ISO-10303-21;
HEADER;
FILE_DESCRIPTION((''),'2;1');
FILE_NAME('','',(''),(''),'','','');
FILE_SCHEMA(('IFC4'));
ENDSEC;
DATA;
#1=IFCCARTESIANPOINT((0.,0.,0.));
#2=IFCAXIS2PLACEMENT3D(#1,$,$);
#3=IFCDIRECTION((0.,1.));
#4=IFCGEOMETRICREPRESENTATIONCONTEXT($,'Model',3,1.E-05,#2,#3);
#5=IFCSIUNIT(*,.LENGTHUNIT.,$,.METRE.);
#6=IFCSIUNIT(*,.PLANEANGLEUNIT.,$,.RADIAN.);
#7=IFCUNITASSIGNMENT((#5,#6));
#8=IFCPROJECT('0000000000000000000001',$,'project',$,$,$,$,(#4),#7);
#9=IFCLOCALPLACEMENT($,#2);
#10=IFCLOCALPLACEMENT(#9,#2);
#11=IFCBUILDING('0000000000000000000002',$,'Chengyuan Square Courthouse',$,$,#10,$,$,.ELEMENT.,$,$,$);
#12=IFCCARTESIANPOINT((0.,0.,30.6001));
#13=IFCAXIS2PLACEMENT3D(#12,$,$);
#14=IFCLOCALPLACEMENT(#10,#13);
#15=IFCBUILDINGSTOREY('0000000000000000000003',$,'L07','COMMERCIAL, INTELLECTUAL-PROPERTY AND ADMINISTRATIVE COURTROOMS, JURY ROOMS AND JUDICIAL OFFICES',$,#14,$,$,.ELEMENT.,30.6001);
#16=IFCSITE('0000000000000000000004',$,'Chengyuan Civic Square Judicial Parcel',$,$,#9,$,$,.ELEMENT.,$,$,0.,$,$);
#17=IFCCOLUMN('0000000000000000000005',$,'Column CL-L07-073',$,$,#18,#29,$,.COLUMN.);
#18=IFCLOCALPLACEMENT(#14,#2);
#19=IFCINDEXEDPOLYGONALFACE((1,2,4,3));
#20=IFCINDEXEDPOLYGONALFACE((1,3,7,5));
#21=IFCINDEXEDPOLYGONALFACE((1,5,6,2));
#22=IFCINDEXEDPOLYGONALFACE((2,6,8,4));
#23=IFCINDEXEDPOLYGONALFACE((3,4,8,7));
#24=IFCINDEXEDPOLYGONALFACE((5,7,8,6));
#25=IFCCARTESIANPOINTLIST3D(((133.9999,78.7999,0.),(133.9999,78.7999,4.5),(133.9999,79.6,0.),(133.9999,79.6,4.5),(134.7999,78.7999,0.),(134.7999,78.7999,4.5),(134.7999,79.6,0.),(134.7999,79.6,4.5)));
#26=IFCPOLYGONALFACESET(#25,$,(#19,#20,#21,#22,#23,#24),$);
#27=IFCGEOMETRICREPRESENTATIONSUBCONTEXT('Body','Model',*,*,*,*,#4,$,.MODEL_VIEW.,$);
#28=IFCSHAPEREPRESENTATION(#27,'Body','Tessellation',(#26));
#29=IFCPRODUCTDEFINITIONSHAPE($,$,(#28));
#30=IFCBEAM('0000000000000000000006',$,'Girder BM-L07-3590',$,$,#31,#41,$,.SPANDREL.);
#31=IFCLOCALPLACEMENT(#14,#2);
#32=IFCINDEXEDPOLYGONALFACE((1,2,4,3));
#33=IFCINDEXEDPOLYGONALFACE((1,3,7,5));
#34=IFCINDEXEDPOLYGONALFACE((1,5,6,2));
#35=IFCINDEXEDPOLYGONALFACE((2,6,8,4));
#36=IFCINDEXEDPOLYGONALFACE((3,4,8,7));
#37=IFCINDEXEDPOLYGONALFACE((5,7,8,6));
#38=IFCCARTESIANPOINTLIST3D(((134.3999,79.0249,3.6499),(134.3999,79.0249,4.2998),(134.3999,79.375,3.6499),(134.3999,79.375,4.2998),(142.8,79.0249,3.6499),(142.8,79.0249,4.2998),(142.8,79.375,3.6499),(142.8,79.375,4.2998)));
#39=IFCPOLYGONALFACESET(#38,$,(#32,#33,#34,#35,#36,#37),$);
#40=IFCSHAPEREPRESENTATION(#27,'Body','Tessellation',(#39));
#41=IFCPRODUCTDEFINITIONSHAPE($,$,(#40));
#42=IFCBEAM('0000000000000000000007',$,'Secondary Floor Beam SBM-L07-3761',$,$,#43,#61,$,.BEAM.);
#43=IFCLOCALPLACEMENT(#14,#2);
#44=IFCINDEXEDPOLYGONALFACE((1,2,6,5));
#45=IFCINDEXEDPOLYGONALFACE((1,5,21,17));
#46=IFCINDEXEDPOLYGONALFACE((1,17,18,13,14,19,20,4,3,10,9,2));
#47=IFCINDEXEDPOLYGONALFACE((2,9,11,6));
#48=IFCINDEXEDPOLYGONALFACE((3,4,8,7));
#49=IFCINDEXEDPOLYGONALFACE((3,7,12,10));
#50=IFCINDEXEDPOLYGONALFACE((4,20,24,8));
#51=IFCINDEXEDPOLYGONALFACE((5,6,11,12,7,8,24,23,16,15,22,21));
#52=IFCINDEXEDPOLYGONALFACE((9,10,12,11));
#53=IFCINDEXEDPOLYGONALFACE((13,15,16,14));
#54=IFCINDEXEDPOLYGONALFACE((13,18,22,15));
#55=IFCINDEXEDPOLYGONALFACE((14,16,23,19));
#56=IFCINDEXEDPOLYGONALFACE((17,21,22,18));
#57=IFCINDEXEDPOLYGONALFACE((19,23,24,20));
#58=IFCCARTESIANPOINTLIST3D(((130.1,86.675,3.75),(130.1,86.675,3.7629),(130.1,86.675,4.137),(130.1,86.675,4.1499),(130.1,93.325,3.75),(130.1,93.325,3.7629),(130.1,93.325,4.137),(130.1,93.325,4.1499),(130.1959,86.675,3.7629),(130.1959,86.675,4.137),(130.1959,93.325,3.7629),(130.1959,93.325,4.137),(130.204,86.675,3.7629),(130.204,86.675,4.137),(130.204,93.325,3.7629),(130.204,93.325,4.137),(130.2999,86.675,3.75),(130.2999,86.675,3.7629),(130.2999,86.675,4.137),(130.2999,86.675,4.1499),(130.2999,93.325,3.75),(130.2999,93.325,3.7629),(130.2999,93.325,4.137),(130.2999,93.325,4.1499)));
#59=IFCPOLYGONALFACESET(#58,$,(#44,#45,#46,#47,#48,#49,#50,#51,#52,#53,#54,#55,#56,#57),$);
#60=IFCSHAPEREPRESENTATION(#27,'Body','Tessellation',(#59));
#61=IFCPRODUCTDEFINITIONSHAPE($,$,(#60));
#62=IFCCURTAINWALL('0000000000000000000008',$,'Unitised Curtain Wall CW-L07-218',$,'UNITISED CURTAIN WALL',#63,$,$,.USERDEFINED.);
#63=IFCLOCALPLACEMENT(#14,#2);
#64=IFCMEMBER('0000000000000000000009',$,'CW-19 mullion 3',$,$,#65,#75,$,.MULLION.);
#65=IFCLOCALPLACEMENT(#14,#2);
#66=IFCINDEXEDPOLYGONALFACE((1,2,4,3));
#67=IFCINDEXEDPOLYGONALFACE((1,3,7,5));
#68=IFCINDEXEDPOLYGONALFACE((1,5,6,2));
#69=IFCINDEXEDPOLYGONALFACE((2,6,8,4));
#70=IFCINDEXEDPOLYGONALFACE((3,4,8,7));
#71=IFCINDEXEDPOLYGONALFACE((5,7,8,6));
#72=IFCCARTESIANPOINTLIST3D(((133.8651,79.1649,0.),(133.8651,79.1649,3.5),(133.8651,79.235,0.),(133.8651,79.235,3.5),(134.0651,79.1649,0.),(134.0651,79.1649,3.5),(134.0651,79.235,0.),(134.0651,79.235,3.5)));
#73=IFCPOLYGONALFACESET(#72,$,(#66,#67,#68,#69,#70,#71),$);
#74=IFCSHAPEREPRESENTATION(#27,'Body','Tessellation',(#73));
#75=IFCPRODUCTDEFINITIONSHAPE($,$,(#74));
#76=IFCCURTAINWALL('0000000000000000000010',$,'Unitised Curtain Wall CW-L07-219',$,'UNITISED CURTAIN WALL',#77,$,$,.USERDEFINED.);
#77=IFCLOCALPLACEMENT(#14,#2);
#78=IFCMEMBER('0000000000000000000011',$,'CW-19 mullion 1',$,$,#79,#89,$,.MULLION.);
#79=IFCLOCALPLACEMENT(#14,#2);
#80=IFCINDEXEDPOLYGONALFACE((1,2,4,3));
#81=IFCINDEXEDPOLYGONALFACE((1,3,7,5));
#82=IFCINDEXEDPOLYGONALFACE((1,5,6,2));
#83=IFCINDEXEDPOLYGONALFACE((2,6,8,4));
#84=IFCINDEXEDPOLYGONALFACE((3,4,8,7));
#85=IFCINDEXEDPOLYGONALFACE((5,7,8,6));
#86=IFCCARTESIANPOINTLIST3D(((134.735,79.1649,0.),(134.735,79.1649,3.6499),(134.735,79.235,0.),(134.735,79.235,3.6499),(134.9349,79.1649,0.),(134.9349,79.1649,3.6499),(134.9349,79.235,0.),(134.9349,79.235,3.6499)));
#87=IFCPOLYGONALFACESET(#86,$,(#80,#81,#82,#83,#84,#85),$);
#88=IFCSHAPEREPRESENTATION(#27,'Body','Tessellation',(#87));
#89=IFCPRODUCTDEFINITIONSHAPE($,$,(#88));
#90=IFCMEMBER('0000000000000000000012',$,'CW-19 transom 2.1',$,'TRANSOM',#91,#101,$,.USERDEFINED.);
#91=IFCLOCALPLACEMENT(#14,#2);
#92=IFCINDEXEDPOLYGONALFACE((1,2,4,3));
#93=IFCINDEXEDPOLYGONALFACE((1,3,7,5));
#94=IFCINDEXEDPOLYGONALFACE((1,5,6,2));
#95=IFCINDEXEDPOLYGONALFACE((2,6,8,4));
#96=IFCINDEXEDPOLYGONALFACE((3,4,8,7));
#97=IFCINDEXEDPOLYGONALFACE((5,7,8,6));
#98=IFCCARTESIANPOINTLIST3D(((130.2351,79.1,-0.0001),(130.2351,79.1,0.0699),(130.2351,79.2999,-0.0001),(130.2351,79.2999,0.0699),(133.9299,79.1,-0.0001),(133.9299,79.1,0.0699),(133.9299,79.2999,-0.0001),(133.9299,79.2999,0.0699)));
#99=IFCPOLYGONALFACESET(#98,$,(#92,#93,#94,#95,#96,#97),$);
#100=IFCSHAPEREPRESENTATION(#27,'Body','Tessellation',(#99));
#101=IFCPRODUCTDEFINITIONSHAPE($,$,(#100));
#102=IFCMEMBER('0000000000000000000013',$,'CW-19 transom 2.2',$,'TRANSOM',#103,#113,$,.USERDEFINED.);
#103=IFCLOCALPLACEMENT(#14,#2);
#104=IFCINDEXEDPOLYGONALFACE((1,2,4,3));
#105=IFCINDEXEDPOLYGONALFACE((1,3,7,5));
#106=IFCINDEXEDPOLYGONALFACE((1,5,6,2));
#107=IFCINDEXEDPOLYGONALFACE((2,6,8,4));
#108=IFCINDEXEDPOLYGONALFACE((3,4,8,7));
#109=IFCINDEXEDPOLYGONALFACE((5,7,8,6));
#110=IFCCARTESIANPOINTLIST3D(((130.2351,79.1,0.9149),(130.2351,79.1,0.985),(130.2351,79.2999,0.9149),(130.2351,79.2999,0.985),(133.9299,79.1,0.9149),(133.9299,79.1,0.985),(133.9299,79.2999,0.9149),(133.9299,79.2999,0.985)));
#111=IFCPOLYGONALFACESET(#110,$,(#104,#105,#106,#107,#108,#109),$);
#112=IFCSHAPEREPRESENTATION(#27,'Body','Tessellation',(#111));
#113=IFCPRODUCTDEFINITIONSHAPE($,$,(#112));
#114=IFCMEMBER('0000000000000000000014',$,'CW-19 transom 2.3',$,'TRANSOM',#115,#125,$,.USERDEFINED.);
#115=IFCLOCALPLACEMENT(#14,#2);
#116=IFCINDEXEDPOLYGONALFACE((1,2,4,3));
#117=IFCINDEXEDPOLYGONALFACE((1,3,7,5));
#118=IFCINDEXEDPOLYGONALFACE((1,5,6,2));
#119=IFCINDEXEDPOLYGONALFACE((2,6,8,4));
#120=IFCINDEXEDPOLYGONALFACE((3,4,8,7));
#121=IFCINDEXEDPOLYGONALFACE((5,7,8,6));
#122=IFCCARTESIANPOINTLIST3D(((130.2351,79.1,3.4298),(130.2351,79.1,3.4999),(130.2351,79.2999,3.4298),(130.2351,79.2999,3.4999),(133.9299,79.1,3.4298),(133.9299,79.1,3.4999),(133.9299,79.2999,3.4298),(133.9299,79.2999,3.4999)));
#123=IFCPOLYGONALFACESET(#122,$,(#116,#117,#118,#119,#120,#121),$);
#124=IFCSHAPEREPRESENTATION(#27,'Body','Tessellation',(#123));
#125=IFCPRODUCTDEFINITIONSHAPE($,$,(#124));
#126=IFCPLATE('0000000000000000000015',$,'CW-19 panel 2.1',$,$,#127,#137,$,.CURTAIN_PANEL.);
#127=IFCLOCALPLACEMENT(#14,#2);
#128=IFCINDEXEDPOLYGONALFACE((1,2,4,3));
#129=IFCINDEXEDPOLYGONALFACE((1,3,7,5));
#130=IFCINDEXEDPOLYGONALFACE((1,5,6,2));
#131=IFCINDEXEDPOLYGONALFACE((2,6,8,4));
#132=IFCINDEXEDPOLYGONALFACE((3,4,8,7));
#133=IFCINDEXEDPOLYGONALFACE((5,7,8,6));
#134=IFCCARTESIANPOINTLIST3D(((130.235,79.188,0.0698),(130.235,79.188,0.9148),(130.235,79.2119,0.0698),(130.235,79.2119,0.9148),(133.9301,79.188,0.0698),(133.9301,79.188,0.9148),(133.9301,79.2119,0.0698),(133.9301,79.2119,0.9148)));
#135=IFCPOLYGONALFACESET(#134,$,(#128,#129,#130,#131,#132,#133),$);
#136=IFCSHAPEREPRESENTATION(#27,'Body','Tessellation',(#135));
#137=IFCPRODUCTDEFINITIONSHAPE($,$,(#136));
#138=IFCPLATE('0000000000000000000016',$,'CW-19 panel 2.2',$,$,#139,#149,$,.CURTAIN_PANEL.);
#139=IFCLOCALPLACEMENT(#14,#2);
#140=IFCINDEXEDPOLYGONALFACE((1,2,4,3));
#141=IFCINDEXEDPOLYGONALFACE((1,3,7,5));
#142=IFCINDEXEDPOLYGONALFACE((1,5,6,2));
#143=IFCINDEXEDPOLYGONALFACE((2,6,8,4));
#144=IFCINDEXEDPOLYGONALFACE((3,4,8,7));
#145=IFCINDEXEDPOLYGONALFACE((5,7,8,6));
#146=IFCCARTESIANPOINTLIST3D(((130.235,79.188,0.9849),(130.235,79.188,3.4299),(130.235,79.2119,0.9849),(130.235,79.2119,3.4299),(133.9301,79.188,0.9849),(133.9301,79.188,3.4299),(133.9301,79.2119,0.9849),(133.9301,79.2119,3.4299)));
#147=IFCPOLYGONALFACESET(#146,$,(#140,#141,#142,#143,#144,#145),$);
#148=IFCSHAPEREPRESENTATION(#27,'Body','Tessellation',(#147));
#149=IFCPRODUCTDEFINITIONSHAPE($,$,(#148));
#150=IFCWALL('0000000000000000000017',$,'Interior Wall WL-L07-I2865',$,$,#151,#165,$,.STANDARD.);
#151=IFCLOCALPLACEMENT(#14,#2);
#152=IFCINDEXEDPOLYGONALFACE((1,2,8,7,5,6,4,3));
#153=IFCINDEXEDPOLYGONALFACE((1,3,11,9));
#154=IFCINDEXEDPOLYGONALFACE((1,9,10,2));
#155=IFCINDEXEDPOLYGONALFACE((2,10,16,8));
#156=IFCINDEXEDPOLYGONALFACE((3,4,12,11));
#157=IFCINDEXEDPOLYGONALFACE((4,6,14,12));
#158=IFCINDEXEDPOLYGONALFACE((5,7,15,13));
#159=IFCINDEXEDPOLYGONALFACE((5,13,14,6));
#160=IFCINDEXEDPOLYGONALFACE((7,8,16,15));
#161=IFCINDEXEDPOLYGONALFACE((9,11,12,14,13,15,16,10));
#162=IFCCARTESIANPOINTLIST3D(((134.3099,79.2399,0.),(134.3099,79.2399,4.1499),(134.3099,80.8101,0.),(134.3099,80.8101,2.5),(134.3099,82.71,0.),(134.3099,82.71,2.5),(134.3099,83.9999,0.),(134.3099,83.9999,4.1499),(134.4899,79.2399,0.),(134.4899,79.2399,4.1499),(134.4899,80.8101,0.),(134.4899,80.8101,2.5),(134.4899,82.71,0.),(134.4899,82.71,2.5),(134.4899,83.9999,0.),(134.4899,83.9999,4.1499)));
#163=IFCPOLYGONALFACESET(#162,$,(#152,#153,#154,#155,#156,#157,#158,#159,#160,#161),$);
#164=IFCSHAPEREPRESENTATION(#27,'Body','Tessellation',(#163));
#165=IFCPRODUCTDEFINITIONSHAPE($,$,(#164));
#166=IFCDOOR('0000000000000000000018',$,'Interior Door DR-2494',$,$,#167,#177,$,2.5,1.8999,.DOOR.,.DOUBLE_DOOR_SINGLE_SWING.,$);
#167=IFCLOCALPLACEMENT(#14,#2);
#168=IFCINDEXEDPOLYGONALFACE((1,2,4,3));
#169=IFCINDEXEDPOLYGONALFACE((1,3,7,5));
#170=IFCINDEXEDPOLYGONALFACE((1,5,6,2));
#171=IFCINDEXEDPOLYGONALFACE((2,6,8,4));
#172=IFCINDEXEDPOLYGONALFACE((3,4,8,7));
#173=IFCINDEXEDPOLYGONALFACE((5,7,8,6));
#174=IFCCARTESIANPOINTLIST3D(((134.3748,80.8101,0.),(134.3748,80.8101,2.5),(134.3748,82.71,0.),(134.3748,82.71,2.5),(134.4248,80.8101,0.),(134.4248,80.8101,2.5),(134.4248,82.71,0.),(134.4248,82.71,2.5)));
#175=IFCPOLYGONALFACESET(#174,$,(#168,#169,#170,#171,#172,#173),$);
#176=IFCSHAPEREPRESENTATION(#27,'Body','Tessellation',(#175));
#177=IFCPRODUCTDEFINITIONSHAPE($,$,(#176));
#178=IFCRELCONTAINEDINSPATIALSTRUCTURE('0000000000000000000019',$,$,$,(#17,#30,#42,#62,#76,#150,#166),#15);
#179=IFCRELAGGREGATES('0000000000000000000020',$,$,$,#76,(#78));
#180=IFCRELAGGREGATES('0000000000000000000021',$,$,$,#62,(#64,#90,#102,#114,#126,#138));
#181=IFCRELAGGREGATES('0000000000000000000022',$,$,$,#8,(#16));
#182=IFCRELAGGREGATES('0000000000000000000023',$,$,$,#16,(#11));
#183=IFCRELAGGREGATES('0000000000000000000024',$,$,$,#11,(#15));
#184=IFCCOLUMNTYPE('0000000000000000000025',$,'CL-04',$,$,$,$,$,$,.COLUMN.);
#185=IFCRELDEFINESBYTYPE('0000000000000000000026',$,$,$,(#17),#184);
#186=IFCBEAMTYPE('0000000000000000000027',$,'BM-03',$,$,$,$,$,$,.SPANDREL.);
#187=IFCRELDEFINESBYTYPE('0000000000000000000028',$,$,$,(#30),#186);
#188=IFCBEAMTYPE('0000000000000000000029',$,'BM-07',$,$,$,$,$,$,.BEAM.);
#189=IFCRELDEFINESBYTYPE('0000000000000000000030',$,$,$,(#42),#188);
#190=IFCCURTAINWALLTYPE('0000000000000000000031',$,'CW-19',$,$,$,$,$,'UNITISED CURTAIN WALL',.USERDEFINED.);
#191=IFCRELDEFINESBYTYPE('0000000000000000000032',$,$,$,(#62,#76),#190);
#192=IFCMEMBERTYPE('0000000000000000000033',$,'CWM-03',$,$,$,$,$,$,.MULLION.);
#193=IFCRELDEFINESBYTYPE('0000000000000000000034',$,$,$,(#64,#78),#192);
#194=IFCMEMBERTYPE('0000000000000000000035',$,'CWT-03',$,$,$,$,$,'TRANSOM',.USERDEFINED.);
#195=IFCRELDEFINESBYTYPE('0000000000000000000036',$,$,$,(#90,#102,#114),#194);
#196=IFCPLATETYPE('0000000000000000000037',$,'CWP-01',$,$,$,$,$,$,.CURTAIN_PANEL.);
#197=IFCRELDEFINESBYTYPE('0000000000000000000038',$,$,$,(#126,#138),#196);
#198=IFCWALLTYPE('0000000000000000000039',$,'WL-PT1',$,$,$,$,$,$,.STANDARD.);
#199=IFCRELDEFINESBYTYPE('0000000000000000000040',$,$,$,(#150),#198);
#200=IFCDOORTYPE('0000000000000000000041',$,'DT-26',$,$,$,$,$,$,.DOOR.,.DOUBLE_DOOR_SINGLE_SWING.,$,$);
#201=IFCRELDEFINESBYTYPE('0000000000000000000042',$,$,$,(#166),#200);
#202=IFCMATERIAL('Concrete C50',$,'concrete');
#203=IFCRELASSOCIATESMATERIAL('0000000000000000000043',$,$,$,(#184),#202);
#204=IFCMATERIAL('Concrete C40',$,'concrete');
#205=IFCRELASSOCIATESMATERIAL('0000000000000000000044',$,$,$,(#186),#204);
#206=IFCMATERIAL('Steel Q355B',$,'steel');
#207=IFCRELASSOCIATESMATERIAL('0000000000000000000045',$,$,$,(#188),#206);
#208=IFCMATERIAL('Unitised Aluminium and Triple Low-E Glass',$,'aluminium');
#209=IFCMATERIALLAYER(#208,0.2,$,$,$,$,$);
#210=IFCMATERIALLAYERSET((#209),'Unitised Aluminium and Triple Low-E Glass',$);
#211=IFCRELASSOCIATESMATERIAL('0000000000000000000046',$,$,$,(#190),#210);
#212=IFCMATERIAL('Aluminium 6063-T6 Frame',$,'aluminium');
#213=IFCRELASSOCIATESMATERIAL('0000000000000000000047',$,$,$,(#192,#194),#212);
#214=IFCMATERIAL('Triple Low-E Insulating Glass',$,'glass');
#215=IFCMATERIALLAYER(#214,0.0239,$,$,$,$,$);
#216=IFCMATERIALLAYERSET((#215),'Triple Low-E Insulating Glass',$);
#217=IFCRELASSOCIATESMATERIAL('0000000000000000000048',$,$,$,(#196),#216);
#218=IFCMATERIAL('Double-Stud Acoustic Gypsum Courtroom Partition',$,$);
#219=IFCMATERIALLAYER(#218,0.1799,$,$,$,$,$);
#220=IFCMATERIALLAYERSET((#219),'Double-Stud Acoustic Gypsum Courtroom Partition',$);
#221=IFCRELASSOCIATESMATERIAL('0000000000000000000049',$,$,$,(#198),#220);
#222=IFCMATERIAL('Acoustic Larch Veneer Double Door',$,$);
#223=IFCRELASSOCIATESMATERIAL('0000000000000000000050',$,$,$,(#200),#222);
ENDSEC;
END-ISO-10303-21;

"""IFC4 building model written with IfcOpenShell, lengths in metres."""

from ifc_helpers import new_model, si_unit, direction, frame, frame_2d, origin, origin_2d, place, context, subcontext, project, spatial, rectangle, i_section, extrude, material, layer, layer_set, material_profile, profile_set, type_object, element, fill, aggregate, save


model = new_model("IFC4")

# Units and contexts
model_context = context("Model", 3, precision=1e-05, world=origin(), true_north=direction((0.0, 1.0)))
body_context = subcontext(model_context, "Body", "Model", "MODEL_VIEW")
ifc_project = project(units=[si_unit("LENGTHUNIT", "METRE"), si_unit("PLANEANGLEUNIT", "RADIAN")], contexts=[model_context])

# Site, building, storey
site_placement = place(None, origin())
site = spatial("IfcSite", under=ifc_project, at=site_placement, Name="Chengyuan Civic Square Judicial Parcel", CompositionType="ELEMENT", RefElevation=0.0)
building_placement = place(site_placement, origin())
building = spatial("IfcBuilding", under=site, at=building_placement, Name="Chengyuan Square Courthouse", CompositionType="ELEMENT")
storey_placement = place(building_placement, frame((0.0, 0.0, 30.6001)))
storey = spatial("IfcBuildingStorey", under=building, at=storey_placement, Name="L07", Description="COMMERCIAL, INTELLECTUAL-PROPERTY AND ADMINISTRATIVE COURTROOMS, JURY ROOMS AND JUDICIAL OFFICES", CompositionType="ELEMENT", Elevation=30.6001)

# Column
ifc_material_1 = material(Name="Concrete C50", Category="concrete")
ifc_material_profile_1 = material_profile(ifc_material_1, rectangle(XDim=0.8, YDim=0.8, at=origin_2d()), Name="RC-COL-800x800")
ifc_profile_set_1 = profile_set([ifc_material_profile_1], Name="Concrete C50")
column_type = type_object("IfcColumnType", Name="CL-04", PredefinedType="COLUMN", material=ifc_profile_set_1)
column_placement = place(storey_placement, frame((134.3999, 79.2, 0.0), z_axis=(0.0, 0.0, 1.0), x_axis=(1.0, 0.0, 0.0)))
element("IfcColumn", 1, at=column_placement, inside=storey, type_object=column_type, Name="Column CL-L07-073", PredefinedType="COLUMN", context=body_context, shape_type="SweptSolid", body=[
    extrude(rectangle(XDim=0.8, YDim=0.8, at=origin_2d()), origin(), (0.0, 0.0, 1.0), 4.5),
])

# Beams
ifc_material_2 = material(Name="Concrete C40", Category="concrete")
ifc_material_profile_2 = material_profile(ifc_material_2, rectangle(XDim=0.3501, YDim=0.6499, at=origin_2d()), Name="RC-BM-350x650")
ifc_profile_set_2 = profile_set([ifc_material_profile_2], Name="Concrete C40")
beam_type_1 = type_object("IfcBeamType", Name="BM-03", PredefinedType="SPANDREL", material=ifc_profile_set_2)
beam_1_placement = place(storey_placement, frame((134.3999, 79.2, 3.9749), z_axis=(1.0, 0.0, 0.0), x_axis=(0.0, 1.0, 0.0)))
element("IfcBeam", 2, at=beam_1_placement, inside=storey, type_object=beam_type_1, Name="Girder BM-L07-3590", PredefinedType="SPANDREL", context=body_context, shape_type="SweptSolid", body=[
    extrude(rectangle(XDim=0.3501, YDim=0.6499, at=origin_2d()), origin(), (0.0, 0.0, 1.0), 8.4001),
])
ifc_material_3 = material(Name="Steel Q355B", Category="steel")
ifc_material_profile_3 = material_profile(ifc_material_3, i_section(OverallWidth=0.2, OverallDepth=0.3999, WebThickness=0.0081, FlangeThickness=0.0129, at=origin_2d()), Name="HN 400x200x8x13")
ifc_profile_set_3 = profile_set([ifc_material_profile_3], Name="Steel Q355B")
beam_type_2 = type_object("IfcBeamType", Name="BM-07", PredefinedType="BEAM", material=ifc_profile_set_3)
beam_2_placement = place(storey_placement, frame((130.2, 86.675, 3.95), z_axis=(0.0, 1.0, 0.0), x_axis=(-1.0, 0.0, 0.0)))
element("IfcBeam", 3, at=beam_2_placement, inside=storey, type_object=beam_type_2, Name="Secondary Floor Beam SBM-L07-3761", PredefinedType="BEAM", context=body_context, shape_type="SweptSolid", body=[
    extrude(i_section(OverallWidth=0.2, OverallDepth=0.3999, WebThickness=0.0081, FlangeThickness=0.0129, at=origin_2d()), origin(), (0.0, 0.0, 1.0), 6.6499),
])

# Curtain walls, members
ifc_material_4 = material(Name="Unitised Aluminium and Triple Low-E Glass", Category="aluminium")
ifc_layer_1 = layer(ifc_material_4, 0.2)
ifc_layer_set_1 = layer_set([ifc_layer_1], Name="Unitised Aluminium and Triple Low-E Glass")
curtain_wall_type = type_object("IfcCurtainWallType", Name="CW-19", ElementType="UNITISED CURTAIN WALL", PredefinedType="USERDEFINED", material=ifc_layer_set_1)
curtain_wall_1_placement = place(storey_placement, origin())
curtain_wall_1 = element("IfcCurtainWall", 4, at=curtain_wall_1_placement, inside=storey, type_object=curtain_wall_type, Name="Unitised Curtain Wall CW-L07-218", ObjectType="UNITISED CURTAIN WALL", PredefinedType="USERDEFINED")
ifc_material_5 = material(Name="Aluminium 6063-T6 Frame", Category="aluminium")
ifc_material_profile_4 = material_profile(ifc_material_5, rectangle(XDim=0.0701, YDim=0.2, at=origin_2d()), Name="CW-MUL-70x200")
ifc_profile_set_4 = profile_set([ifc_material_profile_4], Name="Aluminium 6063-T6 Frame")
member_type_1 = type_object("IfcMemberType", Name="CWM-03", PredefinedType="MULLION", material=ifc_profile_set_4)
member_1_placement = place(storey_placement, frame((133.9651, 79.2, 0.0), z_axis=(0.0, 0.0, 1.0), x_axis=(0.0, 1.0, 0.0)))
member_1 = element("IfcMember", 5, at=member_1_placement, type_object=member_type_1, Name="CW-19 mullion 3", PredefinedType="MULLION", context=body_context, shape_type="SweptSolid", body=[
    extrude(rectangle(XDim=0.0701, YDim=0.2, at=origin_2d()), origin(), (0.0, 0.0, 1.0), 3.5),
])
curtain_wall_2_placement = place(storey_placement, origin())
curtain_wall_2 = element("IfcCurtainWall", 6, at=curtain_wall_2_placement, inside=storey, type_object=curtain_wall_type, Name="Unitised Curtain Wall CW-L07-219", ObjectType="UNITISED CURTAIN WALL", PredefinedType="USERDEFINED")
member_2_placement = place(storey_placement, frame((134.835, 79.2, 0.0), z_axis=(0.0, 0.0, 1.0), x_axis=(0.0, 1.0, 0.0)))
member_2 = element("IfcMember", 7, at=member_2_placement, type_object=member_type_1, Name="CW-19 mullion 1", PredefinedType="MULLION", context=body_context, shape_type="SweptSolid", body=[
    extrude(rectangle(XDim=0.0701, YDim=0.2, at=origin_2d()), origin(), (0.0, 0.0, 1.0), 3.6499),
])
aggregate(curtain_wall_2, [member_2])

# Members
ifc_material_profile_5 = material_profile(ifc_material_5, rectangle(XDim=0.2, YDim=0.0701, at=origin_2d()), Name="CW-TRN-70x160")
ifc_profile_set_5 = profile_set([ifc_material_profile_5], Name="Aluminium 6063-T6 Frame")
member_type_2 = type_object("IfcMemberType", Name="CWT-03", ElementType="TRANSOM", PredefinedType="USERDEFINED", material=ifc_profile_set_5)
member_3_placement = place(storey_placement, frame((130.2351, 79.2, 0.0349), z_axis=(1.0, 0.0, 0.0), x_axis=(0.0, 1.0, 0.0)))
member_3 = element("IfcMember", 8, at=member_3_placement, type_object=member_type_2, Name="CW-19 transom 2.1", ObjectType="TRANSOM", PredefinedType="USERDEFINED", context=body_context, shape_type="SweptSolid", body=[
    extrude(rectangle(XDim=0.2, YDim=0.0701, at=origin_2d()), origin(), (0.0, 0.0, 1.0), 3.6948),
])
member_4_placement = place(storey_placement, frame((130.2351, 79.2, 0.95), z_axis=(1.0, 0.0, 0.0), x_axis=(0.0, 1.0, 0.0)))
member_4 = element("IfcMember", 9, at=member_4_placement, type_object=member_type_2, Name="CW-19 transom 2.2", ObjectType="TRANSOM", PredefinedType="USERDEFINED", context=body_context, shape_type="SweptSolid", body=[
    extrude(rectangle(XDim=0.2, YDim=0.0701, at=origin_2d()), origin(), (0.0, 0.0, 1.0), 3.6948),
])
member_5_placement = place(storey_placement, frame((130.2351, 79.2, 3.4648), z_axis=(1.0, 0.0, 0.0), x_axis=(0.0, 1.0, 0.0)))
member_5 = element("IfcMember", 10, at=member_5_placement, type_object=member_type_2, Name="CW-19 transom 2.3", ObjectType="TRANSOM", PredefinedType="USERDEFINED", context=body_context, shape_type="SweptSolid", body=[
    extrude(rectangle(XDim=0.2, YDim=0.0701, at=origin_2d()), origin(), (0.0, 0.0, 1.0), 3.6948),
])

# Plates
ifc_material_6 = material(Name="Triple Low-E Insulating Glass", Category="glass")
ifc_layer_2 = layer(ifc_material_6, 0.0239)
ifc_layer_set_2 = layer_set([ifc_layer_2], Name="Triple Low-E Insulating Glass")
plate_type = type_object("IfcPlateType", Name="CWP-01", PredefinedType="CURTAIN_PANEL", material=ifc_layer_set_2)
plate_1_placement = place(storey_placement, frame((132.0825, 79.2, 0.0698), z_axis=(0.0, 0.0, 1.0), x_axis=(1.0, 0.0, 0.0)))
plate_1 = element("IfcPlate", 11, at=plate_1_placement, type_object=plate_type, Name="CW-19 panel 2.1", PredefinedType="CURTAIN_PANEL", context=body_context, shape_type="SweptSolid", body=[
    extrude(rectangle(XDim=3.6951, YDim=0.0239, at=origin_2d()), origin(), (0.0, 0.0, 1.0), 0.845),
])
plate_2_placement = place(storey_placement, frame((132.0825, 79.2, 0.9849), z_axis=(0.0, 0.0, 1.0), x_axis=(1.0, 0.0, 0.0)))
plate_2 = element("IfcPlate", 12, at=plate_2_placement, type_object=plate_type, Name="CW-19 panel 2.2", PredefinedType="CURTAIN_PANEL", context=body_context, shape_type="SweptSolid", body=[
    extrude(rectangle(XDim=3.6951, YDim=0.0239, at=origin_2d()), origin(), (0.0, 0.0, 1.0), 2.4451),
])
aggregate(curtain_wall_1, [member_1, member_3, member_4, member_5, plate_1, plate_2])

# Wall, opening, door
ifc_material_7 = material(Name="Double-Stud Acoustic Gypsum Courtroom Partition")
ifc_layer_3 = layer(ifc_material_7, 0.1799)
ifc_layer_set_3 = layer_set([ifc_layer_3], Name="Double-Stud Acoustic Gypsum Courtroom Partition")
wall_type_1 = type_object("IfcWallType", Name="WL-PT1", PredefinedType="STANDARD", material=ifc_layer_set_3)
wall_1_placement = place(storey_placement, frame((134.3999, 79.24, 0.0), z_axis=(0.0, 0.0, 1.0), x_axis=(0.0, 1.0, 0.0)))
wall_1 = element("IfcWall", 13, at=wall_1_placement, inside=storey, type_object=wall_type_1, Name="Interior Wall WL-L07-I2865", PredefinedType="STANDARD", context=body_context, shape_type="SweptSolid", body=[
    extrude(rectangle(XDim=4.76, YDim=0.1799, at=frame_2d((2.3799, 0.0))), origin(), (0.0, 0.0, 1.0), 4.1499),
])
opening_1_placement = place(wall_1_placement, frame((1.5701, 0.0, 0.0)))
opening_1 = element("IfcOpeningElement", 14, at=opening_1_placement, cuts=wall_1, PredefinedType="OPENING", context=body_context, shape_type="SweptSolid", body=[
    extrude(rectangle(XDim=1.8999, YDim=2.5, at=frame_2d((0.95, 1.25))), frame((0.0, 0.1021, 0.0), z_axis=(0.0, -1.0, 0.0), x_axis=(1.0, 0.0, 0.0)), (0.0, 0.0, 1.0), 0.2039),
])
ifc_material_8 = material(Name="Acoustic Larch Veneer Double Door")
door_type_1 = type_object("IfcDoorType", Name="DT-26", OperationType="DOUBLE_DOOR_SINGLE_SWING", PredefinedType="DOOR", material=ifc_material_8)
door_1_placement = place(opening_1_placement, frame((1.8999, 0.0, 0.0), z_axis=(0.0, 0.0, 1.0), x_axis=(-1.0, 0.0, 0.0)))
door_1 = element("IfcDoor", 15, at=door_1_placement, inside=storey, type_object=door_type_1, Name="Interior Door DR-2494", OperationType="DOUBLE_DOOR_SINGLE_SWING", OverallHeight=2.5, OverallWidth=1.8999, PredefinedType="DOOR", context=body_context, shape_type="SweptSolid", body=[
    extrude(rectangle(XDim=1.8999, YDim=2.5, at=frame_2d((0.95, 1.25))), frame((0.0, 0.0249, 0.0), z_axis=(0.0, -1.0, 0.0), x_axis=(1.0, 0.0, 0.0)), (0.0, 0.0, 1.0), 0.05),
])
fill(opening_1, door_1)

save(model, "model.ifc")
